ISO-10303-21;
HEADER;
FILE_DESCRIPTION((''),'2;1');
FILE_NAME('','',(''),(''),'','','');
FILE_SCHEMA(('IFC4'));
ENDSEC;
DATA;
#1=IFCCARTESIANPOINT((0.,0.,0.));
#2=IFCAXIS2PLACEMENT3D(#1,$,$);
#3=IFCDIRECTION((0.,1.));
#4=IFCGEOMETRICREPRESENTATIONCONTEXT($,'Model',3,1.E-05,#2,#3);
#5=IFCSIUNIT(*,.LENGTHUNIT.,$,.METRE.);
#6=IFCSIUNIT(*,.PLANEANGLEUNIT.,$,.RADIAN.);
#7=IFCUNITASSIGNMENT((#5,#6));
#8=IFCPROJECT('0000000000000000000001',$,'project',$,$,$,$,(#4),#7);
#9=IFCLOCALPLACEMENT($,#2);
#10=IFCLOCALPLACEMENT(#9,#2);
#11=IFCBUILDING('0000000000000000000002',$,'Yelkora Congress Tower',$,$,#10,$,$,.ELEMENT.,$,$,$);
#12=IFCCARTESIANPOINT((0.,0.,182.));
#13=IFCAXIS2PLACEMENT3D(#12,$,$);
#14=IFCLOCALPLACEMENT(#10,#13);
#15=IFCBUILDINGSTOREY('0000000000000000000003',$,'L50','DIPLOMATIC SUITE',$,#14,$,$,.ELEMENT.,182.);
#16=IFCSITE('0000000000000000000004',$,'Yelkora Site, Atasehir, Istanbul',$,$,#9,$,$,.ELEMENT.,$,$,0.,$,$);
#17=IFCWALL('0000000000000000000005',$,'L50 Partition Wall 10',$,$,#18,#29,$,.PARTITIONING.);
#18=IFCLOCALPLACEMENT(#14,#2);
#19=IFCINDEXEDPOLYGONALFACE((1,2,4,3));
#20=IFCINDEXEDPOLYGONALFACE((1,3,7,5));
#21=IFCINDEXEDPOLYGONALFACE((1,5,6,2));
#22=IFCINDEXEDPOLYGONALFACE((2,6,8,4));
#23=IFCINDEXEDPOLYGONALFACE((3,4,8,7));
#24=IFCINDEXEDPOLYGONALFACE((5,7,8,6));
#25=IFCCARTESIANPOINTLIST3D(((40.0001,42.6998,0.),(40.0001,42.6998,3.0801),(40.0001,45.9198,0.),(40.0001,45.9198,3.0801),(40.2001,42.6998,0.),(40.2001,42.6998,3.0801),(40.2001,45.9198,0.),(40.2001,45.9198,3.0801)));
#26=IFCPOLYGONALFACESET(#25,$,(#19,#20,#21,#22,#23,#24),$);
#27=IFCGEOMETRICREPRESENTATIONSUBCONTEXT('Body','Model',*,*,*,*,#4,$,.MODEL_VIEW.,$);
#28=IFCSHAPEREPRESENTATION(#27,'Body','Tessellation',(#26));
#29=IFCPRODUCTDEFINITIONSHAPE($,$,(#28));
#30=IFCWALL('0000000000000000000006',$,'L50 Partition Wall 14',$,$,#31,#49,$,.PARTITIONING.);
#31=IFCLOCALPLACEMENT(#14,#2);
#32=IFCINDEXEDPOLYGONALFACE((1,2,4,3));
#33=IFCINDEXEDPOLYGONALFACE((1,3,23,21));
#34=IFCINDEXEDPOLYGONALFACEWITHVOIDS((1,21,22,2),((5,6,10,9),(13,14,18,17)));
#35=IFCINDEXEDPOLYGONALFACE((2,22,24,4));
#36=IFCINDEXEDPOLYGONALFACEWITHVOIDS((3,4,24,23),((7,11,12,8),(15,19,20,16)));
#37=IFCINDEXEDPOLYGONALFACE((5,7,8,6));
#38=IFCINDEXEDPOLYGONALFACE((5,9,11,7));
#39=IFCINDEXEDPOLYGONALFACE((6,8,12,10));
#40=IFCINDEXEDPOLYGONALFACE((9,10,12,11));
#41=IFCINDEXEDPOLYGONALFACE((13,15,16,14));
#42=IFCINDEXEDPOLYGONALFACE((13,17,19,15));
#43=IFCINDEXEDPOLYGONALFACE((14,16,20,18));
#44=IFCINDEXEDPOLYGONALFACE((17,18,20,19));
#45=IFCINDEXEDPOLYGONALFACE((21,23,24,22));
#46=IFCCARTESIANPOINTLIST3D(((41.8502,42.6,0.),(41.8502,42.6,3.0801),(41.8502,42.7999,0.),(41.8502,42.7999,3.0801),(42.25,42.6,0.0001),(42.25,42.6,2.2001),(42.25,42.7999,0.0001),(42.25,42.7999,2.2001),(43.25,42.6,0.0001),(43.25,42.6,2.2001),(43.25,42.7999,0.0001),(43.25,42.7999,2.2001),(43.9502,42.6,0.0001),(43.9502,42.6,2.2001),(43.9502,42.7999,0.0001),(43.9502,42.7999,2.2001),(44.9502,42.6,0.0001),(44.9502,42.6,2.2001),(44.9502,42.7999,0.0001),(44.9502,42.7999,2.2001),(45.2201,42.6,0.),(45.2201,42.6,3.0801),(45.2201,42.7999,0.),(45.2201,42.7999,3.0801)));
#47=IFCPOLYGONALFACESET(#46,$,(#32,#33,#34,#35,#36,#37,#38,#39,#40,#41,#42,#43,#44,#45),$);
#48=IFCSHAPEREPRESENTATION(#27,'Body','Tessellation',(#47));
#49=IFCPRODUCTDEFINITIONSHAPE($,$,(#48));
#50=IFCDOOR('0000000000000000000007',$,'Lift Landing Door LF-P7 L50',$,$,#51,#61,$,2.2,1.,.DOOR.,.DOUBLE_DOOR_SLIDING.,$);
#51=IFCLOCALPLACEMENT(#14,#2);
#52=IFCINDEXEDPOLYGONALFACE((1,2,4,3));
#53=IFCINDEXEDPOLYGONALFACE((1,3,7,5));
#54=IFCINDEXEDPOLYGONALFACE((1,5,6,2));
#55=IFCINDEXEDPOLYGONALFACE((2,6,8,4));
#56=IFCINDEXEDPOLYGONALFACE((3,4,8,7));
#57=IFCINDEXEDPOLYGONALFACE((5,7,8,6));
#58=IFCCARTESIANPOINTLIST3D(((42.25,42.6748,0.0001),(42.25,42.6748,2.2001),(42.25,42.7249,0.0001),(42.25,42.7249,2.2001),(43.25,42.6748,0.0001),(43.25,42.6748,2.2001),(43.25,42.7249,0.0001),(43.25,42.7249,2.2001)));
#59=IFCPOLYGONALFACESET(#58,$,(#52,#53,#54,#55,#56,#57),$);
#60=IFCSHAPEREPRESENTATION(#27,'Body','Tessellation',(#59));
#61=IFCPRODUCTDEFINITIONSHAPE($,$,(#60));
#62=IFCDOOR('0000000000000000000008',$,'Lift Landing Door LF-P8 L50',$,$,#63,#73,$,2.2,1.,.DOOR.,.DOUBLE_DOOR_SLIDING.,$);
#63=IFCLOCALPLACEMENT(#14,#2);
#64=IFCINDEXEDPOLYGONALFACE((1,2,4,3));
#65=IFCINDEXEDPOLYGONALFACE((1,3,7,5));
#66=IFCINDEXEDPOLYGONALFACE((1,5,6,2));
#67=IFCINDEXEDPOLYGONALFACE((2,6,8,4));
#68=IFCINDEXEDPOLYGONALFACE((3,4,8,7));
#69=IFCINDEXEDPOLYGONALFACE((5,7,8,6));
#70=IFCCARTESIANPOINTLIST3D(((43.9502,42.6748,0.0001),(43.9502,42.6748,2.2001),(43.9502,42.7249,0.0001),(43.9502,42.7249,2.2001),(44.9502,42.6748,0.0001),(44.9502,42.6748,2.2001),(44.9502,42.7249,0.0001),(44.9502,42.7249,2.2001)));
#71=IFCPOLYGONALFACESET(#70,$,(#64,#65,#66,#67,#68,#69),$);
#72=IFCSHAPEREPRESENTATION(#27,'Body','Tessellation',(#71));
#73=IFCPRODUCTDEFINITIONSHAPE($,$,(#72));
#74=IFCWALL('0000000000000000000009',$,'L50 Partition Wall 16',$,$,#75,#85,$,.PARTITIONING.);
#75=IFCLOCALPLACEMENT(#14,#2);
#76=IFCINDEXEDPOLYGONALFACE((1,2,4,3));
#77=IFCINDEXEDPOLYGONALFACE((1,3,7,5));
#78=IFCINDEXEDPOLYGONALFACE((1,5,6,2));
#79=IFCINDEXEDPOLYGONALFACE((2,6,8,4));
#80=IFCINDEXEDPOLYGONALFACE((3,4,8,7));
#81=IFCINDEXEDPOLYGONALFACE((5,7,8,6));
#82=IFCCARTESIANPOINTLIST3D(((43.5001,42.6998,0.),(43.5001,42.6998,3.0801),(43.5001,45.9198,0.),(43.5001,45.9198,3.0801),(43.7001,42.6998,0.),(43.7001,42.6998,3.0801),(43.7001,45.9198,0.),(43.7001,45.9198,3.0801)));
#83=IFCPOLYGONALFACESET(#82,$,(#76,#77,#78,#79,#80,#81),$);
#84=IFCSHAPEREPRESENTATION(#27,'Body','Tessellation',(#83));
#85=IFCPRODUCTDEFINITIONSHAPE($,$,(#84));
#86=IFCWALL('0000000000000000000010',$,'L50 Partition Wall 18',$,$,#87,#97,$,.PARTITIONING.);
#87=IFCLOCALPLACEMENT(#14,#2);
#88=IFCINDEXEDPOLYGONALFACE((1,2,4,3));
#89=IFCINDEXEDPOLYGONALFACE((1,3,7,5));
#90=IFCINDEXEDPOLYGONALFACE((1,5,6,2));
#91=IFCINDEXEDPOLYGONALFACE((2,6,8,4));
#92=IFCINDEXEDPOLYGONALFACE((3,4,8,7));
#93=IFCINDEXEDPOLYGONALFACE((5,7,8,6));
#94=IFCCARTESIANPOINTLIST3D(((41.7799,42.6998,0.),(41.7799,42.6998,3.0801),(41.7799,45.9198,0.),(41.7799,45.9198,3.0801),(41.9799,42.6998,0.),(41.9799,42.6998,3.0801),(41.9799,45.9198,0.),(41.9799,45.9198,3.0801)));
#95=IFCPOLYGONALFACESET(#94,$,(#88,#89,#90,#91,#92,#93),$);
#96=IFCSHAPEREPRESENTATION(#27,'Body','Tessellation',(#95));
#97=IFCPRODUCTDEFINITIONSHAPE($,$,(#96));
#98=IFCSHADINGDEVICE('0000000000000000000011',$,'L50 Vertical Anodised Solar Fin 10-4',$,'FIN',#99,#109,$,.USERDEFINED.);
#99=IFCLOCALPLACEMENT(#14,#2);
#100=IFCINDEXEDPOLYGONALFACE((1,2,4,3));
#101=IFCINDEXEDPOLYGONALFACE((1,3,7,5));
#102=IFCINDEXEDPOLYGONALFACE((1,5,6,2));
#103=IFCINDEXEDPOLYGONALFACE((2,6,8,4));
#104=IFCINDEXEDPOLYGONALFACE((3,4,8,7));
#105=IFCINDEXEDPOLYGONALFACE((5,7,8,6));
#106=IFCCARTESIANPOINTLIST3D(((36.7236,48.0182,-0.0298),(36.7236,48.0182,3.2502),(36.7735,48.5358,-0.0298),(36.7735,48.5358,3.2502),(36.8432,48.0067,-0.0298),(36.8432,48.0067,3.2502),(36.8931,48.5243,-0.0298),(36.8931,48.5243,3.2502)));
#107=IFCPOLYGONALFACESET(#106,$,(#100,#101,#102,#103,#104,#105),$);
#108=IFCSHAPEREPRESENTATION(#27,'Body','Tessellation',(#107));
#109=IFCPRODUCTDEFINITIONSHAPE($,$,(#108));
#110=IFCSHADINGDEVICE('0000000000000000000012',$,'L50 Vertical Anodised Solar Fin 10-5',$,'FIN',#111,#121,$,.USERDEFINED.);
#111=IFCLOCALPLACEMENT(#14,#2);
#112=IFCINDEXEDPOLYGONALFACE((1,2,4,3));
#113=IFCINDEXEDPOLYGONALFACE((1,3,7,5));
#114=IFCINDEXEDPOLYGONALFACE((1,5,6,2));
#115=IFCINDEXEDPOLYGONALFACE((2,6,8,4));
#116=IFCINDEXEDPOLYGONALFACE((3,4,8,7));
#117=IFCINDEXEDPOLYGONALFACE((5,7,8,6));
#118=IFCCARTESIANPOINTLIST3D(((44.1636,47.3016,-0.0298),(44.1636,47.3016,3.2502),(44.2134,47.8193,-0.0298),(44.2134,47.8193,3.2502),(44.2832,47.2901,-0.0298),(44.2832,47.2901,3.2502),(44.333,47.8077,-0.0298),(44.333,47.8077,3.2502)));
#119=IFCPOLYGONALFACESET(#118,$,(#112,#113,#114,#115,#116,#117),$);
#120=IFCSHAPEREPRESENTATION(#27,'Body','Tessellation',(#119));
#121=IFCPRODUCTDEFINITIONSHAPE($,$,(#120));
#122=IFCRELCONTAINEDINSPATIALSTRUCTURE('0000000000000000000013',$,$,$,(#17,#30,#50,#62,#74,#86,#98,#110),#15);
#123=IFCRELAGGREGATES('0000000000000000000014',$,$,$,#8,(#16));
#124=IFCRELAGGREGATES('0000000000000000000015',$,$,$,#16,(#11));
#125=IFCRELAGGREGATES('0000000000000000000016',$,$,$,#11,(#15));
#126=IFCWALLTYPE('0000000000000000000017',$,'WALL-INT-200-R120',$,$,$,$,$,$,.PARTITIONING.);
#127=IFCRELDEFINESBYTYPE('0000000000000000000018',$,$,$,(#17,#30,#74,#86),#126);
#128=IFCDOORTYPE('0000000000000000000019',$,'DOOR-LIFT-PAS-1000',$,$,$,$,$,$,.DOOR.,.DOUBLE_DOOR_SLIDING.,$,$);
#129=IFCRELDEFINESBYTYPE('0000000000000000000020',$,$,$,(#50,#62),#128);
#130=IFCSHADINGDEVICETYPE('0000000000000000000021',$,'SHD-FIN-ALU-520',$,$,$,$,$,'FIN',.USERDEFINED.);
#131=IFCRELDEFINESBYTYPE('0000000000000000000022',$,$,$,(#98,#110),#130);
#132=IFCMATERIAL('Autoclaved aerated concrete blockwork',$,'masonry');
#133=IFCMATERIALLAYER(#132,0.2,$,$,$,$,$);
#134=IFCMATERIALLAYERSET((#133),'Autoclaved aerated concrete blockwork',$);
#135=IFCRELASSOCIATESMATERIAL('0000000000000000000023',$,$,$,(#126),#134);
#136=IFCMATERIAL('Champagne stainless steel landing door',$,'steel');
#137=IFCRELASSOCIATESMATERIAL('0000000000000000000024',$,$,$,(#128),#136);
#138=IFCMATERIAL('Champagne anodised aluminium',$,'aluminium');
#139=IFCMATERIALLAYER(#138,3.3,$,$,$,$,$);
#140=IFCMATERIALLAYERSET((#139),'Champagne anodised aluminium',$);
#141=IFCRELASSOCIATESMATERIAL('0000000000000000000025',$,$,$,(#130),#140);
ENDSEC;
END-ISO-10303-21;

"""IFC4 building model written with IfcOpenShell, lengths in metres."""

from ifc_helpers import new_model, si_unit, direction, frame, frame_2d, origin, origin_2d, place, context, subcontext, project, spatial, rectangle, extrude, material, layer, layer_set, type_object, element, fill, save


model = new_model("IFC4")

# Units and contexts
model_context = context("Model", 3, precision=1e-05, world=origin(), true_north=direction((0.0, 1.0)))
body_context = subcontext(model_context, "Body", "Model", "MODEL_VIEW")
ifc_project = project(units=[si_unit("LENGTHUNIT", "METRE"), si_unit("PLANEANGLEUNIT", "RADIAN")], contexts=[model_context])

# Site, building, storey
site_placement = place(None, origin())
site = spatial("IfcSite", under=ifc_project, at=site_placement, Name="Yelkora Site, Atasehir, Istanbul", CompositionType="ELEMENT", RefElevation=0.0)
building_placement = place(site_placement, origin())
building = spatial("IfcBuilding", under=site, at=building_placement, Name="Yelkora Congress Tower", CompositionType="ELEMENT")
storey_placement = place(building_placement, frame((0.0, 0.0, 182.0)))
storey = spatial("IfcBuildingStorey", under=building, at=storey_placement, Name="L50", Description="DIPLOMATIC SUITE", CompositionType="ELEMENT", Elevation=182.0)

# Wall
ifc_material_1 = material(Name="Autoclaved aerated concrete blockwork", Category="masonry")
ifc_layer_1 = layer(ifc_material_1, 0.2)
ifc_layer_set_1 = layer_set([ifc_layer_1], Name="Autoclaved aerated concrete blockwork")
wall_type = type_object("IfcWallType", Name="WALL-INT-200-R120", PredefinedType="PARTITIONING", material=ifc_layer_set_1)
wall_1_placement = place(storey_placement, frame((40.1001, 42.7, 0.0), z_axis=(0.0, 0.0, 1.0), x_axis=(0.0, 1.0, 0.0)))
element("IfcWall", 1, at=wall_1_placement, inside=storey, type_object=wall_type, Name="L50 Partition Wall 10", PredefinedType="PARTITIONING", context=body_context, shape_type="SweptSolid", body=[
    extrude(rectangle(XDim=3.22, YDim=0.2, at=frame_2d((1.6099, 0.0))), origin(), (0.0, 0.0, 1.0), 3.0801),
])

# Wall, openings, doors
wall_2_placement = place(storey_placement, frame((41.8501, 42.7, 0.0), z_axis=(0.0, 0.0, 1.0), x_axis=(1.0, 0.0, 0.0)))
wall_2 = element("IfcWall", 2, at=wall_2_placement, inside=storey, type_object=wall_type, Name="L50 Partition Wall 14", PredefinedType="PARTITIONING", context=body_context, shape_type="SweptSolid", body=[
    extrude(rectangle(XDim=3.3699, YDim=0.2, at=frame_2d((1.6851, 0.0))), origin(), (0.0, 0.0, 1.0), 3.0801),
])
opening_1_placement = place(wall_2_placement, frame((0.3999, 0.0, 0.0)))
opening_1 = element("IfcOpeningElement", 3, at=opening_1_placement, cuts=wall_2, PredefinedType="OPENING", context=body_context, shape_type="SweptSolid", body=[
    extrude(rectangle(XDim=1.0, YDim=2.2, at=frame_2d((0.5, 1.1001))), frame((0.0, 0.1099, 0.0), z_axis=(0.0, -1.0, 0.0), x_axis=(1.0, 0.0, 0.0)), (0.0, 0.0, 1.0), 0.22),
])
opening_2_placement = place(wall_2_placement, frame((2.1001, 0.0, 0.0)))
opening_2 = element("IfcOpeningElement", 4, at=opening_2_placement, cuts=wall_2, PredefinedType="OPENING", context=body_context, shape_type="SweptSolid", body=[
    extrude(rectangle(XDim=1.0, YDim=2.2, at=frame_2d((0.5, 1.1001))), frame((0.0, 0.1099, 0.0), z_axis=(0.0, -1.0, 0.0), x_axis=(1.0, 0.0, 0.0)), (0.0, 0.0, 1.0), 0.22),
])
ifc_material_2 = material(Name="Champagne stainless steel landing door", Category="steel")
door_type = type_object("IfcDoorType", Name="DOOR-LIFT-PAS-1000", OperationType="DOUBLE_DOOR_SLIDING", PredefinedType="DOOR", material=ifc_material_2)
door_1_placement = place(opening_1_placement, origin())
door_1 = element("IfcDoor", 5, at=door_1_placement, inside=storey, type_object=door_type, Name="Lift Landing Door LF-P7 L50", OperationType="DOUBLE_DOOR_SLIDING", OverallHeight=2.2, OverallWidth=1.0, PredefinedType="DOOR", context=body_context, shape_type="SweptSolid", body=[
    extrude(rectangle(XDim=1.0, YDim=2.2, at=frame_2d((0.5, 1.1001))), frame((0.0, 0.0249, 0.0), z_axis=(0.0, -1.0, 0.0), x_axis=(1.0, 0.0, 0.0)), (0.0, 0.0, 1.0), 0.05),
])
fill(opening_1, door_1)
door_2_placement = place(opening_2_placement, origin())
door_2 = element("IfcDoor", 6, at=door_2_placement, inside=storey, type_object=door_type, Name="Lift Landing Door LF-P8 L50", OperationType="DOUBLE_DOOR_SLIDING", OverallHeight=2.2, OverallWidth=1.0, PredefinedType="DOOR", context=body_context, shape_type="SweptSolid", body=[
    extrude(rectangle(XDim=1.0, YDim=2.2, at=frame_2d((0.5, 1.1001))), frame((0.0, 0.0249, 0.0), z_axis=(0.0, -1.0, 0.0), x_axis=(1.0, 0.0, 0.0)), (0.0, 0.0, 1.0), 0.05),
])
fill(opening_2, door_2)

# Walls
for number, where, z_axis, x_axis, name in (
    (7, (43.6001, 42.7, 0.0), (0.0, 0.0, 1.0), (0.0, 1.0, 0.0), "L50 Partition Wall 16"),
    (8, (41.8799, 42.7, 0.0), (0.0, 0.0, 1.0), (0.0, 1.0, 0.0), "L50 Partition Wall 18"),
):
    element("IfcWall", number, at=place(storey_placement, frame(where, z_axis=z_axis, x_axis=x_axis)), inside=storey, type_object=wall_type, Name=name, PredefinedType="PARTITIONING", context=body_context, shape_type="SweptSolid", body=[
        extrude(rectangle(XDim=3.22, YDim=0.2, at=frame_2d((1.6099, 0.0))), origin(), (0.0, 0.0, 1.0), 3.0801),
    ])

# Shading devices
ifc_material_3 = material(Name="Champagne anodised aluminium", Category="aluminium")
ifc_layer_2 = layer(ifc_material_3, 3.3)
ifc_layer_set_2 = layer_set([ifc_layer_2], Name="Champagne anodised aluminium")
shading_device_type = type_object("IfcShadingDeviceType", Name="SHD-FIN-ALU-520", ElementType="FIN", PredefinedType="USERDEFINED", material=ifc_layer_set_2)
for number, where, z_axis, x_axis, name in (
    (9, (36.8083, 48.2712, -0.0298), (0.0, 0.0, 1.0), (0.995396, -0.095846, 0.0), "L50 Vertical Anodised Solar Fin 10-4"),
    (10, (44.2483, 47.5547, -0.0298), (0.0, 0.0, 1.0), (0.995396, -0.095846, 0.0), "L50 Vertical Anodised Solar Fin 10-5"),
):
    element("IfcShadingDevice", number, at=place(storey_placement, frame(where, z_axis=z_axis, x_axis=x_axis)), inside=storey, type_object=shading_device_type, Name=name, ObjectType="FIN", PredefinedType="USERDEFINED", context=body_context, shape_type="SweptSolid", body=[
        extrude(rectangle(XDim=0.1201, YDim=0.52, at=origin_2d()), origin(), (0.0, 0.0, 1.0), 3.28),
    ])

save(model, "model.ifc")
